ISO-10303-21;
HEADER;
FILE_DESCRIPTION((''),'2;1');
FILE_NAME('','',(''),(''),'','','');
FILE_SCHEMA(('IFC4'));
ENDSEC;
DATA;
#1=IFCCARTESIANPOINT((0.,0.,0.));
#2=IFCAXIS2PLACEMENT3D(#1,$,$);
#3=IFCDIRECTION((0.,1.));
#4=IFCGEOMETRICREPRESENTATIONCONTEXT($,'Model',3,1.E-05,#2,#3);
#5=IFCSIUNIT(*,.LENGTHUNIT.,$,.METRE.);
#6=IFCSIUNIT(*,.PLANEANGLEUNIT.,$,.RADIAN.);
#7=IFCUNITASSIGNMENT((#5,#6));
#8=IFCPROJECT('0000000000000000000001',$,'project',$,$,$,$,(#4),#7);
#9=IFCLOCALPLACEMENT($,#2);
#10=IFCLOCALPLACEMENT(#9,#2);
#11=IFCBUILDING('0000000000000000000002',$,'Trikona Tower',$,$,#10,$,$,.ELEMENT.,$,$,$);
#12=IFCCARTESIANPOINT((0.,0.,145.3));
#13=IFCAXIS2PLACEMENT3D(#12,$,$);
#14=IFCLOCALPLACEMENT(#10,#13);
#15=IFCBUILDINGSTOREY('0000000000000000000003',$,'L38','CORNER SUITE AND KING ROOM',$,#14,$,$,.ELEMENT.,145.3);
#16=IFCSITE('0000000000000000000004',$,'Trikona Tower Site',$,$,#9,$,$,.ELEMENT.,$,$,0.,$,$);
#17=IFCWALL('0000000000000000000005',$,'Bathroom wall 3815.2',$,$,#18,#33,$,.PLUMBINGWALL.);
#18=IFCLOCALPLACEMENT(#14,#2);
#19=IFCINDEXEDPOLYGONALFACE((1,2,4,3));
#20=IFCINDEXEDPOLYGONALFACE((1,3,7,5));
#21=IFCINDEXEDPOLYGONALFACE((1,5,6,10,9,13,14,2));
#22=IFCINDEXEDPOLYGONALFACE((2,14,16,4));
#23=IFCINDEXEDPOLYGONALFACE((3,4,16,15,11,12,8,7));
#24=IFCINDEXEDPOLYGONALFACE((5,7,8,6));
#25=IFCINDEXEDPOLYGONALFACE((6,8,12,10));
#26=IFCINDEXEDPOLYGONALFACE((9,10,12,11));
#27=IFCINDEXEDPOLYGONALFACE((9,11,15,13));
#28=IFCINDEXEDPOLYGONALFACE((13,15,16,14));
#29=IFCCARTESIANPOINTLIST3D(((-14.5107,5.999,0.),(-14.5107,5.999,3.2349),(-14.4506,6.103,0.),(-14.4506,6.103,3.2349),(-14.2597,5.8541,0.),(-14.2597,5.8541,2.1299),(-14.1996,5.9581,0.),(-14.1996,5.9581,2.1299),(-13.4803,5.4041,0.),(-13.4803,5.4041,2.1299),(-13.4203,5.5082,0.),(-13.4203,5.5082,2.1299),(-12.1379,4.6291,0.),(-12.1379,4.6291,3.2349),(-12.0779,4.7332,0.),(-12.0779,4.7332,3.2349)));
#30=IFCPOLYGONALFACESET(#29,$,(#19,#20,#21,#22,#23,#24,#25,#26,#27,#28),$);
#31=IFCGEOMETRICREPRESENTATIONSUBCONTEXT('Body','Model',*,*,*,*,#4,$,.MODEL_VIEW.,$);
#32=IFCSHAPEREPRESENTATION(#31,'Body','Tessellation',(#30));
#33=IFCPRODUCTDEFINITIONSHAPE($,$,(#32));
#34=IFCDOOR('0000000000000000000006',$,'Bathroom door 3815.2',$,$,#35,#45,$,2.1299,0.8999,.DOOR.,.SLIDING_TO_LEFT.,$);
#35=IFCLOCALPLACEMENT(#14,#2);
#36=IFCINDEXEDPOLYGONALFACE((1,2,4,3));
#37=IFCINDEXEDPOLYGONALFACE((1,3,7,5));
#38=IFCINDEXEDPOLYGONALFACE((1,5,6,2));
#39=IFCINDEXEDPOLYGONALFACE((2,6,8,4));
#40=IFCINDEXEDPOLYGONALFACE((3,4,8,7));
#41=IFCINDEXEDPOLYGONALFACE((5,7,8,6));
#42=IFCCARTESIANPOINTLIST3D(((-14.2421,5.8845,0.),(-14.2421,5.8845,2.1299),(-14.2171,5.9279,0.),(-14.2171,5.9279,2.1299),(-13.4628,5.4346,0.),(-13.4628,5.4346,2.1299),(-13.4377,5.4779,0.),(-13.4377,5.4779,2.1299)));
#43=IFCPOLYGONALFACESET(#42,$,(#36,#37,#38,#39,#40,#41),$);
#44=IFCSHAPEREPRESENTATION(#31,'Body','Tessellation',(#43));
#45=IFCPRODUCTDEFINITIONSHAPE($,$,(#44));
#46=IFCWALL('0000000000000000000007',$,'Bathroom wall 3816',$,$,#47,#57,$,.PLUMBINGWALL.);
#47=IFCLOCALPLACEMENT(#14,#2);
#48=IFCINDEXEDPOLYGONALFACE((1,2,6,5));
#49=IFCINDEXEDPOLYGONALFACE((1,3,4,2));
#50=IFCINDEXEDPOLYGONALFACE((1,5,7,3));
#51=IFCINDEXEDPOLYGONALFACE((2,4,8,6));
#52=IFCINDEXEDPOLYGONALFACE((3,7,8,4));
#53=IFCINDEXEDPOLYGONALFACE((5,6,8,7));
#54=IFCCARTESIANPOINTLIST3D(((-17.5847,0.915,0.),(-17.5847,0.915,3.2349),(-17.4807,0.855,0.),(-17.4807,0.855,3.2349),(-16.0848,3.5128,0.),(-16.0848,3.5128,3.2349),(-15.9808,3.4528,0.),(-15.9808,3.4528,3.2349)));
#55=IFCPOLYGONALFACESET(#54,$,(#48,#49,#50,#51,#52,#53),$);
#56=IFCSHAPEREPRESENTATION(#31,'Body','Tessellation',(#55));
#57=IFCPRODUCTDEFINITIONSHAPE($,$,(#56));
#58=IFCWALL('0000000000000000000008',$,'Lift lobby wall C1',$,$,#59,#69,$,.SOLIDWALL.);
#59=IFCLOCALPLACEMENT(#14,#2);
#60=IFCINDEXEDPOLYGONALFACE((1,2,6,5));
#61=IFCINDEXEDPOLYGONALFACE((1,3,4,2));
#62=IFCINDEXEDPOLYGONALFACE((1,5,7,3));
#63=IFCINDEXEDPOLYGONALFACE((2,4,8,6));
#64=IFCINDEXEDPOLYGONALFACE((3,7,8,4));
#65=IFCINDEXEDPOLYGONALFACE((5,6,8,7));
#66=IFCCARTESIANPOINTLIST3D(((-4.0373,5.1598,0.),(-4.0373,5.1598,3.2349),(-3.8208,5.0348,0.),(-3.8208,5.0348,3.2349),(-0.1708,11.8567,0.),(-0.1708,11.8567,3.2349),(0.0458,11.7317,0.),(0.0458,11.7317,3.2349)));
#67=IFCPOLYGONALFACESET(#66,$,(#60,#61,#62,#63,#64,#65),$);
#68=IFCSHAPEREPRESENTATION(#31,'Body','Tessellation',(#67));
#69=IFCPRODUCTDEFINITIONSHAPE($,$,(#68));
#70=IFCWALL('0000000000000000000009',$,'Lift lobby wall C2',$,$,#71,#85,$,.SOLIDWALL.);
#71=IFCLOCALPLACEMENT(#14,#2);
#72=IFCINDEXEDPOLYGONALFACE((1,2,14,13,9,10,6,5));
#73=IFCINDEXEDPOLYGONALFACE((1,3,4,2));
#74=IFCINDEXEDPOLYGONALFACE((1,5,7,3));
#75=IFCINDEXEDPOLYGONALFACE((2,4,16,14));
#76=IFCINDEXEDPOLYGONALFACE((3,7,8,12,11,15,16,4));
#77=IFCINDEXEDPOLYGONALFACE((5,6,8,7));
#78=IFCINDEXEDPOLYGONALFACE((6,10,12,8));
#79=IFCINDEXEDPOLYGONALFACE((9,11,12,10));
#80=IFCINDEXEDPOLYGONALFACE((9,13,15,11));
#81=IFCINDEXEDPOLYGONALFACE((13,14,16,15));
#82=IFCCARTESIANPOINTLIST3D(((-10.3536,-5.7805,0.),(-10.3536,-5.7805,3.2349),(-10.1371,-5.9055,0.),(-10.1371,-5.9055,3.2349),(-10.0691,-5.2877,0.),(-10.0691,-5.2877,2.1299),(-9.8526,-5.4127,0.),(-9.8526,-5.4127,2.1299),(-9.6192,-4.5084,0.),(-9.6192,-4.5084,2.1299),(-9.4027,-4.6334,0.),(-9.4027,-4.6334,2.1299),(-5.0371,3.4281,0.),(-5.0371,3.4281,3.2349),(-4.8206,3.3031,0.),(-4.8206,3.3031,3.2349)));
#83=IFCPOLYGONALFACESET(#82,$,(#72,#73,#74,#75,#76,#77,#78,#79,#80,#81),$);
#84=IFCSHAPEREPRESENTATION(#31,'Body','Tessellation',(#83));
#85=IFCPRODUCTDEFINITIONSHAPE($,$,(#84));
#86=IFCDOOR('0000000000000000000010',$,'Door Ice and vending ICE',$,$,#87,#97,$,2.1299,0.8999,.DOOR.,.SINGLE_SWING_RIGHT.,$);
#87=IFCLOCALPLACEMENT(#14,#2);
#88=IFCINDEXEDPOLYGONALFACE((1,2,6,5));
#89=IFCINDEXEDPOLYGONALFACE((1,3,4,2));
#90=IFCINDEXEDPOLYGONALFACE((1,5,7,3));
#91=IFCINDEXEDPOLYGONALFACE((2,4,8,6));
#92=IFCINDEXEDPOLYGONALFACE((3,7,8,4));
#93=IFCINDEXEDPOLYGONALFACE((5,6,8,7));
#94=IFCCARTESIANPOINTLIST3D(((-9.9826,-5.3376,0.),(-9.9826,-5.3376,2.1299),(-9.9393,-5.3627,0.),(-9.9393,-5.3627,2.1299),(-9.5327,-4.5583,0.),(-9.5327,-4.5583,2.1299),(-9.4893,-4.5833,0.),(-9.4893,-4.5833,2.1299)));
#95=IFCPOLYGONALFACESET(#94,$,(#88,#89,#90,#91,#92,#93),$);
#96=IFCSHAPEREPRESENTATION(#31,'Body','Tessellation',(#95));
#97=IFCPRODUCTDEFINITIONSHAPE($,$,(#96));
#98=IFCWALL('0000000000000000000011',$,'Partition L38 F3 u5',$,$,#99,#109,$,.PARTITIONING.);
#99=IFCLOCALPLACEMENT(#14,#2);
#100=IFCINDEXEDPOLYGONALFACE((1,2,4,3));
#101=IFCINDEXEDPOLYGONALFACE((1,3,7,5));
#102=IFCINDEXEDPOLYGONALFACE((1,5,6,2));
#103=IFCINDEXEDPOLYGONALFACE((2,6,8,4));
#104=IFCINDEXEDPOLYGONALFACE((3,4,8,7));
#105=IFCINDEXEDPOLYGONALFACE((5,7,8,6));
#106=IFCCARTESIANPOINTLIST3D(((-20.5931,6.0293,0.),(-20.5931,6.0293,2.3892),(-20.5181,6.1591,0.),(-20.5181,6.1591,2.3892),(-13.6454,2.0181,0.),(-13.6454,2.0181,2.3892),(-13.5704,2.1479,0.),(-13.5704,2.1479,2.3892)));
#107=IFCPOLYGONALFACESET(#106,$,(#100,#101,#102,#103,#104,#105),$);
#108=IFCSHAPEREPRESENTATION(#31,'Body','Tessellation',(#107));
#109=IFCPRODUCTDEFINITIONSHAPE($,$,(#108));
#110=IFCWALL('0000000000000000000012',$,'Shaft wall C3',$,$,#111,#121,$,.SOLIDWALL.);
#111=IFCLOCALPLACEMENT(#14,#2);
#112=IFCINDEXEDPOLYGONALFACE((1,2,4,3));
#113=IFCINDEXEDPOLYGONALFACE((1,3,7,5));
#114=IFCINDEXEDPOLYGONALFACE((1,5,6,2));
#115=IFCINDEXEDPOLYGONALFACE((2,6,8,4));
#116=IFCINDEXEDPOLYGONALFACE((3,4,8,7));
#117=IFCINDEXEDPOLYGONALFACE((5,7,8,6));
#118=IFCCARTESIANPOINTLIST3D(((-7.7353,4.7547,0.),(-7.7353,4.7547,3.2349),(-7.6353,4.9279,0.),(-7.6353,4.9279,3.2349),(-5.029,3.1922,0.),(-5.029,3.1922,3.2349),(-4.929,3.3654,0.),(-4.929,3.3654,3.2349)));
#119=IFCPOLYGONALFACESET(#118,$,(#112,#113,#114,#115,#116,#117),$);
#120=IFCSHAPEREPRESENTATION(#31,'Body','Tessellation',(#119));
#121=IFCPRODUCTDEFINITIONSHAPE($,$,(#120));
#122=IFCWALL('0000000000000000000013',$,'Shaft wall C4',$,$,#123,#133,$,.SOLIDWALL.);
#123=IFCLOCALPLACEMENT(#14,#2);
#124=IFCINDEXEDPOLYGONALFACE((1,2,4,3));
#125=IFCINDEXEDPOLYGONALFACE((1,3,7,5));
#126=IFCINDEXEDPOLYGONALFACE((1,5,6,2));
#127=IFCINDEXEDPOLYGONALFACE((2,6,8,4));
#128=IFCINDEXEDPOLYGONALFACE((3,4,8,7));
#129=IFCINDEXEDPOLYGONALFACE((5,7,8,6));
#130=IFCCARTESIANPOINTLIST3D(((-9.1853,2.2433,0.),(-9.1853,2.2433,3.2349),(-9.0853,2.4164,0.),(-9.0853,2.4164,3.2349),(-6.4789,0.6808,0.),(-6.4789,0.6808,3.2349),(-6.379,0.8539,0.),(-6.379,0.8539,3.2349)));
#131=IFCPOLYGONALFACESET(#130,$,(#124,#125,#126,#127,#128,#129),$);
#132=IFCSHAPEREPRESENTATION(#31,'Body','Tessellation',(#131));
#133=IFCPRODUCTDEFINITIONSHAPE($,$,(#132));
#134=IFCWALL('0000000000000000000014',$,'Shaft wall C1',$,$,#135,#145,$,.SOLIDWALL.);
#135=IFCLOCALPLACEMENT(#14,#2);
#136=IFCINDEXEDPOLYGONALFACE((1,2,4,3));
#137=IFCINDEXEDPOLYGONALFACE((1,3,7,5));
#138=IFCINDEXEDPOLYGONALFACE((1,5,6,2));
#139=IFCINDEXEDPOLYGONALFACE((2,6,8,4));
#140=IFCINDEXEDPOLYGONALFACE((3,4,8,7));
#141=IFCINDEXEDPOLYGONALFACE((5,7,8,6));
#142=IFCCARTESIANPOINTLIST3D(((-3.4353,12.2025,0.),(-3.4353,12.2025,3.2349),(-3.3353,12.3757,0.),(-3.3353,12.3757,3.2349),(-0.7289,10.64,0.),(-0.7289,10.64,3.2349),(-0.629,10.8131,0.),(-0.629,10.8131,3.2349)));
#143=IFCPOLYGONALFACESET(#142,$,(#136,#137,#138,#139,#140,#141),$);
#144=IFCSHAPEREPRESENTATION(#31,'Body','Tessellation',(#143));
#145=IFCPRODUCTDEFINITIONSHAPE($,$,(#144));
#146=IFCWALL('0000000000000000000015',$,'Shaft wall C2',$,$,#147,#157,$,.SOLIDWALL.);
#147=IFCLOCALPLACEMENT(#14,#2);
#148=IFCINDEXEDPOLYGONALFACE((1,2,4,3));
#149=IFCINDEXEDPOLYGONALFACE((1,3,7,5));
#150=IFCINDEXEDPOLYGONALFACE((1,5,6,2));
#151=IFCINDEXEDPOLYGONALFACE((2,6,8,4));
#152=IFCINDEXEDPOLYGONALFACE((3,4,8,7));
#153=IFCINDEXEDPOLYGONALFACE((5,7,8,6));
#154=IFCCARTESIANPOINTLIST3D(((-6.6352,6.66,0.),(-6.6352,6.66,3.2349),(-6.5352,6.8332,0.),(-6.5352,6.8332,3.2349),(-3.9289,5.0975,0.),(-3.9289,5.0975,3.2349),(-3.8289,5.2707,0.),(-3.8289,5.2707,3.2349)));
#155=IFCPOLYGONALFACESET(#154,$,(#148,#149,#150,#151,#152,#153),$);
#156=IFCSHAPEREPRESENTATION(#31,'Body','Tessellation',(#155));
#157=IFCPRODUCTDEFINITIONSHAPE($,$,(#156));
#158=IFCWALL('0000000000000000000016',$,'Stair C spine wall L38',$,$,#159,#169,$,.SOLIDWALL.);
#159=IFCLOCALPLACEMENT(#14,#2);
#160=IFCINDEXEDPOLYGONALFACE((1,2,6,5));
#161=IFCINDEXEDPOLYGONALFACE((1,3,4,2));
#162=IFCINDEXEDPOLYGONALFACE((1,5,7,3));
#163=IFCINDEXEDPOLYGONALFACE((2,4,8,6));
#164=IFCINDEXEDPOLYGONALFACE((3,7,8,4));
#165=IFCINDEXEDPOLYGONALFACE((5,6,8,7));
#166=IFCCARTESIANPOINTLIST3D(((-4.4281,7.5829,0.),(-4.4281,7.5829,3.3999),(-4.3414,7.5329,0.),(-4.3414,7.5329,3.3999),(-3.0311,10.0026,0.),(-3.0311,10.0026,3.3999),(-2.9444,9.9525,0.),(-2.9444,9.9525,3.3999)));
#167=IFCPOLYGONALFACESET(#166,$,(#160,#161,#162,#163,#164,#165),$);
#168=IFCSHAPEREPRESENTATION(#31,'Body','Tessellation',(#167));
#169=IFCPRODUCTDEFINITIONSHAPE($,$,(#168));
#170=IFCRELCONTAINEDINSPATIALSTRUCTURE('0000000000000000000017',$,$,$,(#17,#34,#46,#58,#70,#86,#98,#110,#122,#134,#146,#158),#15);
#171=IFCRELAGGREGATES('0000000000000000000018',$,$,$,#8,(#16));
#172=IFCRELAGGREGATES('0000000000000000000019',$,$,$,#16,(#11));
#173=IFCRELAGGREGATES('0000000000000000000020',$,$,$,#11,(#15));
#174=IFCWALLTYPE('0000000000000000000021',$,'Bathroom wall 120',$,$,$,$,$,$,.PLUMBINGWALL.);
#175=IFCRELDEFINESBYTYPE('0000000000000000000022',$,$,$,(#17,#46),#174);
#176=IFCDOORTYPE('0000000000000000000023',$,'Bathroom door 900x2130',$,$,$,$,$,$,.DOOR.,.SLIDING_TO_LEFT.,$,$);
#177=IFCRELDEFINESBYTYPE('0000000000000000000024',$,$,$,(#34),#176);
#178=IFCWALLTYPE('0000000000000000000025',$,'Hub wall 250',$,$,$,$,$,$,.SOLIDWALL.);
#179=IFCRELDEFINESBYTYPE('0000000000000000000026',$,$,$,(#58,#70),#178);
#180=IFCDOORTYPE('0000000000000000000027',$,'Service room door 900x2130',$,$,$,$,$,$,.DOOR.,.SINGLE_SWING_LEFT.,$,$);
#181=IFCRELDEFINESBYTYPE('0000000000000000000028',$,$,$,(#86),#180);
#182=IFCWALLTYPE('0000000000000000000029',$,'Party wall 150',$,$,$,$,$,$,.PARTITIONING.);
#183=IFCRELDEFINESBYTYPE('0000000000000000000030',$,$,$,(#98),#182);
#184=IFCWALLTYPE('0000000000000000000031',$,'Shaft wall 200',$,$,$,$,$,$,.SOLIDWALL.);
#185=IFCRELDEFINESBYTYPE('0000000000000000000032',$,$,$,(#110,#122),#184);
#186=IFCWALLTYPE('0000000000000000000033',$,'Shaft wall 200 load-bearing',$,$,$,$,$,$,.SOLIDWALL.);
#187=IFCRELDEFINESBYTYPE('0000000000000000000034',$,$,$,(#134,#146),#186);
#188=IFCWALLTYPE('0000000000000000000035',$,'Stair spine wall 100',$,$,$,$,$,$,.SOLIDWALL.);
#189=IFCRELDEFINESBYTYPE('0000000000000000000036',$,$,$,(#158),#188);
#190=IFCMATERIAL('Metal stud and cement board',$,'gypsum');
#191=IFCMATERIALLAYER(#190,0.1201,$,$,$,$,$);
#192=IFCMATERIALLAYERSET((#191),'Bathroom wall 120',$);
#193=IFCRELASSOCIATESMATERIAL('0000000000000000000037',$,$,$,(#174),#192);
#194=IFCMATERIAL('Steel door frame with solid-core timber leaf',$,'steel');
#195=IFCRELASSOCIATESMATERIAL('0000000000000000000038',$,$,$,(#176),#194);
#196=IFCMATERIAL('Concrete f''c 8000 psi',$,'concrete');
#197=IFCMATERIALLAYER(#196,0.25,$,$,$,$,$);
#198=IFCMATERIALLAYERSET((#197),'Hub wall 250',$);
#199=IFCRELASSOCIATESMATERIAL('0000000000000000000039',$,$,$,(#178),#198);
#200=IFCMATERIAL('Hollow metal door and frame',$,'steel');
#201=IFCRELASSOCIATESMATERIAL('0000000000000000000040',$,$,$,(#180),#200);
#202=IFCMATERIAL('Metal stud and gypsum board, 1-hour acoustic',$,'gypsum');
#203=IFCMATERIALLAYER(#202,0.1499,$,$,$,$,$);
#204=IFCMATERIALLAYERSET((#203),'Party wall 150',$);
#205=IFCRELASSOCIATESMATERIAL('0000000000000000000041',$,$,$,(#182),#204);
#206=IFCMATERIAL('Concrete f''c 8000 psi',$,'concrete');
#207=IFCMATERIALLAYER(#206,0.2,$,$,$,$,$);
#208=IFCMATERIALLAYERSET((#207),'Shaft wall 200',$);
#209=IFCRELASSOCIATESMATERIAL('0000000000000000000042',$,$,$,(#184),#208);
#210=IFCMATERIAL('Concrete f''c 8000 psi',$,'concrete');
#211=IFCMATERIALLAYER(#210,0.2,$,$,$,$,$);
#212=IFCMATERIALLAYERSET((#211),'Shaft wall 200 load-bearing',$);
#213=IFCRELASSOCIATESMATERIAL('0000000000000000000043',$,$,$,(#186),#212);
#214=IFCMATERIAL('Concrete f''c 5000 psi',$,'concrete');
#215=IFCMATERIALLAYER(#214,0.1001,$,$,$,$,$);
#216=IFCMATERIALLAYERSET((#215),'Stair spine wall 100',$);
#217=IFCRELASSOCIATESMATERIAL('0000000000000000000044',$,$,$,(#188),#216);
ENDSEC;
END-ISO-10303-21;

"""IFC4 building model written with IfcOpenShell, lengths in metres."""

from ifc_helpers import new_model, si_unit, direction, frame, frame_2d, origin, place, context, subcontext, project, spatial, rectangle, extrude, material, layer, layer_set, type_object, element, fill, save


model = new_model("IFC4")

# Units and contexts
model_context = context("Model", 3, precision=1e-05, world=origin(), true_north=direction((0.0, 1.0)))
body_context = subcontext(model_context, "Body", "Model", "MODEL_VIEW")
ifc_project = project(units=[si_unit("LENGTHUNIT", "METRE"), si_unit("PLANEANGLEUNIT", "RADIAN")], contexts=[model_context])

# Site, building, storey
site_placement = place(None, origin())
site = spatial("IfcSite", under=ifc_project, at=site_placement, Name="Trikona Tower Site", CompositionType="ELEMENT", RefElevation=0.0)
building_placement = place(site_placement, origin())
building = spatial("IfcBuilding", under=site, at=building_placement, Name="Trikona Tower", CompositionType="ELEMENT")
storey_placement = place(building_placement, frame((0.0, 0.0, 145.3)))
storey = spatial("IfcBuildingStorey", under=building, at=storey_placement, Name="L38", Description="CORNER SUITE AND KING ROOM", CompositionType="ELEMENT", Elevation=145.3)

# Shared definitions
ifc_material_1 = material(Name="Metal stud and cement board", Category="gypsum")
ifc_layer_1 = layer(ifc_material_1, 0.1201)
ifc_layer_set_1 = layer_set([ifc_layer_1], Name="Bathroom wall 120")
wall_type_1 = type_object("IfcWallType", Name="Bathroom wall 120", PredefinedType="PLUMBINGWALL", material=ifc_layer_set_1)
ifc_material_2 = material(Name="Steel door frame with solid-core timber leaf", Category="steel")
door_type_1 = type_object("IfcDoorType", Name="Bathroom door 900x2130", OperationType="SLIDING_TO_LEFT", PredefinedType="DOOR", material=ifc_material_2)

# Wall, opening, door
wall_1_placement = place(storey_placement, frame((-12.1079, 4.6812, 0.0), z_axis=(0.0, 0.0, 1.0), x_axis=(-0.866036, 0.499982, 0.0)))
wall_1 = element("IfcWall", 1, at=wall_1_placement, inside=storey, type_object=wall_type_1, Name="Bathroom wall 3815.2", PredefinedType="PLUMBINGWALL", context=body_context, shape_type="SweptSolid", body=[
    extrude(rectangle(XDim=2.7397, YDim=0.1201, at=frame_2d((1.3699, 0.0))), origin(), (0.0, 0.0, 1.0), 3.2349),
])
opening_1_placement = place(wall_1_placement, frame((1.55, 0.0, 0.0)))
opening_1 = element("IfcOpeningElement", 2, at=opening_1_placement, cuts=wall_1, PredefinedType="OPENING", context=body_context, shape_type="SweptSolid", body=[
    extrude(rectangle(XDim=0.8999, YDim=2.1299, at=frame_2d((0.45, 1.0649))), frame((0.0, 0.0701, 0.0), z_axis=(0.0, -1.0, 0.0), x_axis=(1.0, 0.0, 0.0)), (0.0, 0.0, 1.0), 0.1401),
])
door_1_placement = place(opening_1_placement, origin())
door_1 = element("IfcDoor", 3, at=door_1_placement, inside=storey, type_object=door_type_1, Name="Bathroom door 3815.2", OperationType="SLIDING_TO_LEFT", OverallHeight=2.1299, OverallWidth=0.8999, PredefinedType="DOOR", context=body_context, shape_type="SweptSolid", body=[
    extrude(rectangle(XDim=0.8999, YDim=2.1299, at=frame_2d((0.45, 1.0649))), frame((0.0, 0.0249, 0.0), z_axis=(0.0, -1.0, 0.0), x_axis=(1.0, 0.0, 0.0)), (0.0, 0.0, 1.0), 0.05),
])
fill(opening_1, door_1)

# Walls
wall_2_placement = place(storey_placement, frame((-16.0327, 3.4829, 0.0), z_axis=(0.0, 0.0, 1.0), x_axis=(-0.500025, -0.866011, 0.0)))
element("IfcWall", 4, at=wall_2_placement, inside=storey, type_object=wall_type_1, Name="Bathroom wall 3816", PredefinedType="PLUMBINGWALL", context=body_context, shape_type="SweptSolid", body=[
    extrude(rectangle(XDim=2.9998, YDim=0.1201, at=frame_2d((1.5, 0.0))), origin(), (0.0, 0.0, 1.0), 3.2349),
])
ifc_material_3 = material(Name="Concrete f'c 8000 psi", Category="concrete")
ifc_layer_2 = layer(ifc_material_3, 0.25)
ifc_layer_set_2 = layer_set([ifc_layer_2], Name="Hub wall 250")
wall_type_2 = type_object("IfcWallType", Name="Hub wall 250", PredefinedType="SOLIDWALL", material=ifc_layer_set_2)
wall_3_placement = place(storey_placement, frame((-0.0625, 11.7942, 0.0), z_axis=(0.0, 0.0, 1.0), x_axis=(-0.500007, -0.866022, 0.0)))
element("IfcWall", 5, at=wall_3_placement, inside=storey, type_object=wall_type_2, Name="Lift lobby wall C1", PredefinedType="SOLIDWALL", context=body_context, shape_type="SweptSolid", body=[
    extrude(rectangle(XDim=7.7329, YDim=0.25, at=frame_2d((3.8665, 0.0))), origin(), (0.0, 0.0, 1.0), 3.2349),
])

# Wall, opening, door
wall_4_placement = place(storey_placement, frame((-4.929, 3.3655, 0.0), z_axis=(0.0, 0.0, 1.0), x_axis=(-0.499991, -0.86603, 0.0)))
wall_4 = element("IfcWall", 6, at=wall_4_placement, inside=storey, type_object=wall_type_2, Name="Lift lobby wall C2", PredefinedType="SOLIDWALL", context=body_context, shape_type="SweptSolid", body=[
    extrude(rectangle(XDim=10.6331, YDim=0.25, at=frame_2d((5.3164, 0.0))), origin(), (0.0, 0.0, 1.0), 3.2349),
])
opening_2_placement = place(wall_4_placement, frame((9.1641, 0.0, 0.0)))
opening_2 = element("IfcOpeningElement", 7, at=opening_2_placement, cuts=wall_4, PredefinedType="OPENING", context=body_context, shape_type="SweptSolid", body=[
    extrude(rectangle(XDim=0.8999, YDim=2.1299, at=frame_2d((0.45, 1.0649))), frame((0.0, 0.135, 0.0), z_axis=(0.0, -1.0, 0.0), x_axis=(1.0, 0.0, 0.0)), (0.0, 0.0, 1.0), 0.27),
])
ifc_material_4 = material(Name="Hollow metal door and frame", Category="steel")
door_type_2 = type_object("IfcDoorType", Name="Service room door 900x2130", OperationType="SINGLE_SWING_LEFT", PredefinedType="DOOR", material=ifc_material_4)
door_2_placement = place(opening_2_placement, origin())
door_2 = element("IfcDoor", 8, at=door_2_placement, inside=storey, type_object=door_type_2, Name="Door Ice and vending ICE", OperationType="SINGLE_SWING_RIGHT", OverallHeight=2.1299, OverallWidth=0.8999, PredefinedType="DOOR", context=body_context, shape_type="SweptSolid", body=[
    extrude(rectangle(XDim=0.8999, YDim=2.1299, at=frame_2d((0.45, 1.0649))), frame((0.0, 0.0249, 0.0), z_axis=(0.0, -1.0, 0.0), x_axis=(1.0, 0.0, 0.0)), (0.0, 0.0, 1.0), 0.05),
])
fill(opening_2, door_2)

# Walls
ifc_material_5 = material(Name="Metal stud and gypsum board, 1-hour acoustic", Category="gypsum")
ifc_layer_3 = layer(ifc_material_5, 0.1499)
ifc_layer_set_3 = layer_set([ifc_layer_3], Name="Party wall 150")
wall_type_3 = type_object("IfcWallType", Name="Party wall 150", PredefinedType="PARTITIONING", material=ifc_layer_set_3)
wall_5_placement = place(storey_placement, frame((-13.6079, 2.083, 0.0), z_axis=(0.0, 0.0, 1.0), x_axis=(-0.866028, 0.499995, 0.0)))
element("IfcWall", 9, at=wall_5_placement, inside=storey, type_object=wall_type_3, Name="Partition L38 F3 u5", PredefinedType="PARTITIONING", context=body_context, shape_type="SweptSolid", body=[
    extrude(rectangle(XDim=8.0225, YDim=0.1499, at=frame_2d((4.0112, 0.0))), origin(), (0.0, 0.0, 1.0), 2.3892),
])
ifc_material_6 = material(Name="Concrete f'c 8000 psi", Category="concrete")
ifc_layer_4 = layer(ifc_material_6, 0.2)
ifc_layer_set_4 = layer_set([ifc_layer_4], Name="Shaft wall 200")
wall_type_4 = type_object("IfcWallType", Name="Shaft wall 200", PredefinedType="SOLIDWALL", material=ifc_layer_set_4)
for number, where, z_axis, x_axis, name in (
    (10, (-4.979, 3.2788, 0.0), (0.0, 0.0, 1.0), (-0.866023, 0.500004, 0.0), "Shaft wall C3"),
    (11, (-6.429, 0.7673, 0.0), (0.0, 0.0, 1.0), (-0.866023, 0.500004, 0.0), "Shaft wall C4"),
):
    element("IfcWall", number, at=place(storey_placement, frame(where, z_axis=z_axis, x_axis=x_axis)), inside=storey, type_object=wall_type_4, Name=name, PredefinedType="SOLIDWALL", context=body_context, shape_type="SweptSolid", body=[
        extrude(rectangle(XDim=3.125, YDim=0.2, at=frame_2d((1.5625, 0.0))), origin(), (0.0, 0.0, 1.0), 3.2349),
    ])
ifc_material_7 = material(Name="Concrete f'c 8000 psi", Category="concrete")
ifc_layer_5 = layer(ifc_material_7, 0.2)
ifc_layer_set_5 = layer_set([ifc_layer_5], Name="Shaft wall 200 load-bearing")
wall_type_5 = type_object("IfcWallType", Name="Shaft wall 200 load-bearing", PredefinedType="SOLIDWALL", material=ifc_layer_set_5)
for number, where, z_axis, x_axis, name in (
    (12, (-0.679, 10.7266, 0.0), (0.0, 0.0, 1.0), (-0.866023, 0.500004, 0.0), "Shaft wall C1"),
    (13, (-3.8789, 5.1841, 0.0), (0.0, 0.0, 1.0), (-0.866023, 0.500004, 0.0), "Shaft wall C2"),
):
    element("IfcWall", number, at=place(storey_placement, frame(where, z_axis=z_axis, x_axis=x_axis)), inside=storey, type_object=wall_type_5, Name=name, PredefinedType="SOLIDWALL", context=body_context, shape_type="SweptSolid", body=[
        extrude(rectangle(XDim=3.125, YDim=0.2, at=frame_2d((1.5625, 0.0))), origin(), (0.0, 0.0, 1.0), 3.2349),
    ])
ifc_material_8 = material(Name="Concrete f'c 5000 psi", Category="concrete")
ifc_layer_6 = layer(ifc_material_8, 0.1001)
ifc_layer_set_6 = layer_set([ifc_layer_6], Name="Stair spine wall 100")
wall_type_6 = type_object("IfcWallType", Name="Stair spine wall 100", PredefinedType="SOLIDWALL", material=ifc_layer_set_6)
wall_6_placement = place(storey_placement, frame((-2.9878, 9.9775, 0.0), z_axis=(0.0, 0.0, 1.0), x_axis=(-0.499992, -0.86603, 0.0)))
element("IfcWall", 14, at=wall_6_placement, inside=storey, type_object=wall_type_6, Name="Stair C spine wall L38", PredefinedType="SOLIDWALL", context=body_context, shape_type="SweptSolid", body=[
    extrude(rectangle(XDim=2.7939, YDim=0.1001, at=frame_2d((1.397, 0.0))), origin(), (0.0, 0.0, 1.0), 3.3999),
])

save(model, "model.ifc")
